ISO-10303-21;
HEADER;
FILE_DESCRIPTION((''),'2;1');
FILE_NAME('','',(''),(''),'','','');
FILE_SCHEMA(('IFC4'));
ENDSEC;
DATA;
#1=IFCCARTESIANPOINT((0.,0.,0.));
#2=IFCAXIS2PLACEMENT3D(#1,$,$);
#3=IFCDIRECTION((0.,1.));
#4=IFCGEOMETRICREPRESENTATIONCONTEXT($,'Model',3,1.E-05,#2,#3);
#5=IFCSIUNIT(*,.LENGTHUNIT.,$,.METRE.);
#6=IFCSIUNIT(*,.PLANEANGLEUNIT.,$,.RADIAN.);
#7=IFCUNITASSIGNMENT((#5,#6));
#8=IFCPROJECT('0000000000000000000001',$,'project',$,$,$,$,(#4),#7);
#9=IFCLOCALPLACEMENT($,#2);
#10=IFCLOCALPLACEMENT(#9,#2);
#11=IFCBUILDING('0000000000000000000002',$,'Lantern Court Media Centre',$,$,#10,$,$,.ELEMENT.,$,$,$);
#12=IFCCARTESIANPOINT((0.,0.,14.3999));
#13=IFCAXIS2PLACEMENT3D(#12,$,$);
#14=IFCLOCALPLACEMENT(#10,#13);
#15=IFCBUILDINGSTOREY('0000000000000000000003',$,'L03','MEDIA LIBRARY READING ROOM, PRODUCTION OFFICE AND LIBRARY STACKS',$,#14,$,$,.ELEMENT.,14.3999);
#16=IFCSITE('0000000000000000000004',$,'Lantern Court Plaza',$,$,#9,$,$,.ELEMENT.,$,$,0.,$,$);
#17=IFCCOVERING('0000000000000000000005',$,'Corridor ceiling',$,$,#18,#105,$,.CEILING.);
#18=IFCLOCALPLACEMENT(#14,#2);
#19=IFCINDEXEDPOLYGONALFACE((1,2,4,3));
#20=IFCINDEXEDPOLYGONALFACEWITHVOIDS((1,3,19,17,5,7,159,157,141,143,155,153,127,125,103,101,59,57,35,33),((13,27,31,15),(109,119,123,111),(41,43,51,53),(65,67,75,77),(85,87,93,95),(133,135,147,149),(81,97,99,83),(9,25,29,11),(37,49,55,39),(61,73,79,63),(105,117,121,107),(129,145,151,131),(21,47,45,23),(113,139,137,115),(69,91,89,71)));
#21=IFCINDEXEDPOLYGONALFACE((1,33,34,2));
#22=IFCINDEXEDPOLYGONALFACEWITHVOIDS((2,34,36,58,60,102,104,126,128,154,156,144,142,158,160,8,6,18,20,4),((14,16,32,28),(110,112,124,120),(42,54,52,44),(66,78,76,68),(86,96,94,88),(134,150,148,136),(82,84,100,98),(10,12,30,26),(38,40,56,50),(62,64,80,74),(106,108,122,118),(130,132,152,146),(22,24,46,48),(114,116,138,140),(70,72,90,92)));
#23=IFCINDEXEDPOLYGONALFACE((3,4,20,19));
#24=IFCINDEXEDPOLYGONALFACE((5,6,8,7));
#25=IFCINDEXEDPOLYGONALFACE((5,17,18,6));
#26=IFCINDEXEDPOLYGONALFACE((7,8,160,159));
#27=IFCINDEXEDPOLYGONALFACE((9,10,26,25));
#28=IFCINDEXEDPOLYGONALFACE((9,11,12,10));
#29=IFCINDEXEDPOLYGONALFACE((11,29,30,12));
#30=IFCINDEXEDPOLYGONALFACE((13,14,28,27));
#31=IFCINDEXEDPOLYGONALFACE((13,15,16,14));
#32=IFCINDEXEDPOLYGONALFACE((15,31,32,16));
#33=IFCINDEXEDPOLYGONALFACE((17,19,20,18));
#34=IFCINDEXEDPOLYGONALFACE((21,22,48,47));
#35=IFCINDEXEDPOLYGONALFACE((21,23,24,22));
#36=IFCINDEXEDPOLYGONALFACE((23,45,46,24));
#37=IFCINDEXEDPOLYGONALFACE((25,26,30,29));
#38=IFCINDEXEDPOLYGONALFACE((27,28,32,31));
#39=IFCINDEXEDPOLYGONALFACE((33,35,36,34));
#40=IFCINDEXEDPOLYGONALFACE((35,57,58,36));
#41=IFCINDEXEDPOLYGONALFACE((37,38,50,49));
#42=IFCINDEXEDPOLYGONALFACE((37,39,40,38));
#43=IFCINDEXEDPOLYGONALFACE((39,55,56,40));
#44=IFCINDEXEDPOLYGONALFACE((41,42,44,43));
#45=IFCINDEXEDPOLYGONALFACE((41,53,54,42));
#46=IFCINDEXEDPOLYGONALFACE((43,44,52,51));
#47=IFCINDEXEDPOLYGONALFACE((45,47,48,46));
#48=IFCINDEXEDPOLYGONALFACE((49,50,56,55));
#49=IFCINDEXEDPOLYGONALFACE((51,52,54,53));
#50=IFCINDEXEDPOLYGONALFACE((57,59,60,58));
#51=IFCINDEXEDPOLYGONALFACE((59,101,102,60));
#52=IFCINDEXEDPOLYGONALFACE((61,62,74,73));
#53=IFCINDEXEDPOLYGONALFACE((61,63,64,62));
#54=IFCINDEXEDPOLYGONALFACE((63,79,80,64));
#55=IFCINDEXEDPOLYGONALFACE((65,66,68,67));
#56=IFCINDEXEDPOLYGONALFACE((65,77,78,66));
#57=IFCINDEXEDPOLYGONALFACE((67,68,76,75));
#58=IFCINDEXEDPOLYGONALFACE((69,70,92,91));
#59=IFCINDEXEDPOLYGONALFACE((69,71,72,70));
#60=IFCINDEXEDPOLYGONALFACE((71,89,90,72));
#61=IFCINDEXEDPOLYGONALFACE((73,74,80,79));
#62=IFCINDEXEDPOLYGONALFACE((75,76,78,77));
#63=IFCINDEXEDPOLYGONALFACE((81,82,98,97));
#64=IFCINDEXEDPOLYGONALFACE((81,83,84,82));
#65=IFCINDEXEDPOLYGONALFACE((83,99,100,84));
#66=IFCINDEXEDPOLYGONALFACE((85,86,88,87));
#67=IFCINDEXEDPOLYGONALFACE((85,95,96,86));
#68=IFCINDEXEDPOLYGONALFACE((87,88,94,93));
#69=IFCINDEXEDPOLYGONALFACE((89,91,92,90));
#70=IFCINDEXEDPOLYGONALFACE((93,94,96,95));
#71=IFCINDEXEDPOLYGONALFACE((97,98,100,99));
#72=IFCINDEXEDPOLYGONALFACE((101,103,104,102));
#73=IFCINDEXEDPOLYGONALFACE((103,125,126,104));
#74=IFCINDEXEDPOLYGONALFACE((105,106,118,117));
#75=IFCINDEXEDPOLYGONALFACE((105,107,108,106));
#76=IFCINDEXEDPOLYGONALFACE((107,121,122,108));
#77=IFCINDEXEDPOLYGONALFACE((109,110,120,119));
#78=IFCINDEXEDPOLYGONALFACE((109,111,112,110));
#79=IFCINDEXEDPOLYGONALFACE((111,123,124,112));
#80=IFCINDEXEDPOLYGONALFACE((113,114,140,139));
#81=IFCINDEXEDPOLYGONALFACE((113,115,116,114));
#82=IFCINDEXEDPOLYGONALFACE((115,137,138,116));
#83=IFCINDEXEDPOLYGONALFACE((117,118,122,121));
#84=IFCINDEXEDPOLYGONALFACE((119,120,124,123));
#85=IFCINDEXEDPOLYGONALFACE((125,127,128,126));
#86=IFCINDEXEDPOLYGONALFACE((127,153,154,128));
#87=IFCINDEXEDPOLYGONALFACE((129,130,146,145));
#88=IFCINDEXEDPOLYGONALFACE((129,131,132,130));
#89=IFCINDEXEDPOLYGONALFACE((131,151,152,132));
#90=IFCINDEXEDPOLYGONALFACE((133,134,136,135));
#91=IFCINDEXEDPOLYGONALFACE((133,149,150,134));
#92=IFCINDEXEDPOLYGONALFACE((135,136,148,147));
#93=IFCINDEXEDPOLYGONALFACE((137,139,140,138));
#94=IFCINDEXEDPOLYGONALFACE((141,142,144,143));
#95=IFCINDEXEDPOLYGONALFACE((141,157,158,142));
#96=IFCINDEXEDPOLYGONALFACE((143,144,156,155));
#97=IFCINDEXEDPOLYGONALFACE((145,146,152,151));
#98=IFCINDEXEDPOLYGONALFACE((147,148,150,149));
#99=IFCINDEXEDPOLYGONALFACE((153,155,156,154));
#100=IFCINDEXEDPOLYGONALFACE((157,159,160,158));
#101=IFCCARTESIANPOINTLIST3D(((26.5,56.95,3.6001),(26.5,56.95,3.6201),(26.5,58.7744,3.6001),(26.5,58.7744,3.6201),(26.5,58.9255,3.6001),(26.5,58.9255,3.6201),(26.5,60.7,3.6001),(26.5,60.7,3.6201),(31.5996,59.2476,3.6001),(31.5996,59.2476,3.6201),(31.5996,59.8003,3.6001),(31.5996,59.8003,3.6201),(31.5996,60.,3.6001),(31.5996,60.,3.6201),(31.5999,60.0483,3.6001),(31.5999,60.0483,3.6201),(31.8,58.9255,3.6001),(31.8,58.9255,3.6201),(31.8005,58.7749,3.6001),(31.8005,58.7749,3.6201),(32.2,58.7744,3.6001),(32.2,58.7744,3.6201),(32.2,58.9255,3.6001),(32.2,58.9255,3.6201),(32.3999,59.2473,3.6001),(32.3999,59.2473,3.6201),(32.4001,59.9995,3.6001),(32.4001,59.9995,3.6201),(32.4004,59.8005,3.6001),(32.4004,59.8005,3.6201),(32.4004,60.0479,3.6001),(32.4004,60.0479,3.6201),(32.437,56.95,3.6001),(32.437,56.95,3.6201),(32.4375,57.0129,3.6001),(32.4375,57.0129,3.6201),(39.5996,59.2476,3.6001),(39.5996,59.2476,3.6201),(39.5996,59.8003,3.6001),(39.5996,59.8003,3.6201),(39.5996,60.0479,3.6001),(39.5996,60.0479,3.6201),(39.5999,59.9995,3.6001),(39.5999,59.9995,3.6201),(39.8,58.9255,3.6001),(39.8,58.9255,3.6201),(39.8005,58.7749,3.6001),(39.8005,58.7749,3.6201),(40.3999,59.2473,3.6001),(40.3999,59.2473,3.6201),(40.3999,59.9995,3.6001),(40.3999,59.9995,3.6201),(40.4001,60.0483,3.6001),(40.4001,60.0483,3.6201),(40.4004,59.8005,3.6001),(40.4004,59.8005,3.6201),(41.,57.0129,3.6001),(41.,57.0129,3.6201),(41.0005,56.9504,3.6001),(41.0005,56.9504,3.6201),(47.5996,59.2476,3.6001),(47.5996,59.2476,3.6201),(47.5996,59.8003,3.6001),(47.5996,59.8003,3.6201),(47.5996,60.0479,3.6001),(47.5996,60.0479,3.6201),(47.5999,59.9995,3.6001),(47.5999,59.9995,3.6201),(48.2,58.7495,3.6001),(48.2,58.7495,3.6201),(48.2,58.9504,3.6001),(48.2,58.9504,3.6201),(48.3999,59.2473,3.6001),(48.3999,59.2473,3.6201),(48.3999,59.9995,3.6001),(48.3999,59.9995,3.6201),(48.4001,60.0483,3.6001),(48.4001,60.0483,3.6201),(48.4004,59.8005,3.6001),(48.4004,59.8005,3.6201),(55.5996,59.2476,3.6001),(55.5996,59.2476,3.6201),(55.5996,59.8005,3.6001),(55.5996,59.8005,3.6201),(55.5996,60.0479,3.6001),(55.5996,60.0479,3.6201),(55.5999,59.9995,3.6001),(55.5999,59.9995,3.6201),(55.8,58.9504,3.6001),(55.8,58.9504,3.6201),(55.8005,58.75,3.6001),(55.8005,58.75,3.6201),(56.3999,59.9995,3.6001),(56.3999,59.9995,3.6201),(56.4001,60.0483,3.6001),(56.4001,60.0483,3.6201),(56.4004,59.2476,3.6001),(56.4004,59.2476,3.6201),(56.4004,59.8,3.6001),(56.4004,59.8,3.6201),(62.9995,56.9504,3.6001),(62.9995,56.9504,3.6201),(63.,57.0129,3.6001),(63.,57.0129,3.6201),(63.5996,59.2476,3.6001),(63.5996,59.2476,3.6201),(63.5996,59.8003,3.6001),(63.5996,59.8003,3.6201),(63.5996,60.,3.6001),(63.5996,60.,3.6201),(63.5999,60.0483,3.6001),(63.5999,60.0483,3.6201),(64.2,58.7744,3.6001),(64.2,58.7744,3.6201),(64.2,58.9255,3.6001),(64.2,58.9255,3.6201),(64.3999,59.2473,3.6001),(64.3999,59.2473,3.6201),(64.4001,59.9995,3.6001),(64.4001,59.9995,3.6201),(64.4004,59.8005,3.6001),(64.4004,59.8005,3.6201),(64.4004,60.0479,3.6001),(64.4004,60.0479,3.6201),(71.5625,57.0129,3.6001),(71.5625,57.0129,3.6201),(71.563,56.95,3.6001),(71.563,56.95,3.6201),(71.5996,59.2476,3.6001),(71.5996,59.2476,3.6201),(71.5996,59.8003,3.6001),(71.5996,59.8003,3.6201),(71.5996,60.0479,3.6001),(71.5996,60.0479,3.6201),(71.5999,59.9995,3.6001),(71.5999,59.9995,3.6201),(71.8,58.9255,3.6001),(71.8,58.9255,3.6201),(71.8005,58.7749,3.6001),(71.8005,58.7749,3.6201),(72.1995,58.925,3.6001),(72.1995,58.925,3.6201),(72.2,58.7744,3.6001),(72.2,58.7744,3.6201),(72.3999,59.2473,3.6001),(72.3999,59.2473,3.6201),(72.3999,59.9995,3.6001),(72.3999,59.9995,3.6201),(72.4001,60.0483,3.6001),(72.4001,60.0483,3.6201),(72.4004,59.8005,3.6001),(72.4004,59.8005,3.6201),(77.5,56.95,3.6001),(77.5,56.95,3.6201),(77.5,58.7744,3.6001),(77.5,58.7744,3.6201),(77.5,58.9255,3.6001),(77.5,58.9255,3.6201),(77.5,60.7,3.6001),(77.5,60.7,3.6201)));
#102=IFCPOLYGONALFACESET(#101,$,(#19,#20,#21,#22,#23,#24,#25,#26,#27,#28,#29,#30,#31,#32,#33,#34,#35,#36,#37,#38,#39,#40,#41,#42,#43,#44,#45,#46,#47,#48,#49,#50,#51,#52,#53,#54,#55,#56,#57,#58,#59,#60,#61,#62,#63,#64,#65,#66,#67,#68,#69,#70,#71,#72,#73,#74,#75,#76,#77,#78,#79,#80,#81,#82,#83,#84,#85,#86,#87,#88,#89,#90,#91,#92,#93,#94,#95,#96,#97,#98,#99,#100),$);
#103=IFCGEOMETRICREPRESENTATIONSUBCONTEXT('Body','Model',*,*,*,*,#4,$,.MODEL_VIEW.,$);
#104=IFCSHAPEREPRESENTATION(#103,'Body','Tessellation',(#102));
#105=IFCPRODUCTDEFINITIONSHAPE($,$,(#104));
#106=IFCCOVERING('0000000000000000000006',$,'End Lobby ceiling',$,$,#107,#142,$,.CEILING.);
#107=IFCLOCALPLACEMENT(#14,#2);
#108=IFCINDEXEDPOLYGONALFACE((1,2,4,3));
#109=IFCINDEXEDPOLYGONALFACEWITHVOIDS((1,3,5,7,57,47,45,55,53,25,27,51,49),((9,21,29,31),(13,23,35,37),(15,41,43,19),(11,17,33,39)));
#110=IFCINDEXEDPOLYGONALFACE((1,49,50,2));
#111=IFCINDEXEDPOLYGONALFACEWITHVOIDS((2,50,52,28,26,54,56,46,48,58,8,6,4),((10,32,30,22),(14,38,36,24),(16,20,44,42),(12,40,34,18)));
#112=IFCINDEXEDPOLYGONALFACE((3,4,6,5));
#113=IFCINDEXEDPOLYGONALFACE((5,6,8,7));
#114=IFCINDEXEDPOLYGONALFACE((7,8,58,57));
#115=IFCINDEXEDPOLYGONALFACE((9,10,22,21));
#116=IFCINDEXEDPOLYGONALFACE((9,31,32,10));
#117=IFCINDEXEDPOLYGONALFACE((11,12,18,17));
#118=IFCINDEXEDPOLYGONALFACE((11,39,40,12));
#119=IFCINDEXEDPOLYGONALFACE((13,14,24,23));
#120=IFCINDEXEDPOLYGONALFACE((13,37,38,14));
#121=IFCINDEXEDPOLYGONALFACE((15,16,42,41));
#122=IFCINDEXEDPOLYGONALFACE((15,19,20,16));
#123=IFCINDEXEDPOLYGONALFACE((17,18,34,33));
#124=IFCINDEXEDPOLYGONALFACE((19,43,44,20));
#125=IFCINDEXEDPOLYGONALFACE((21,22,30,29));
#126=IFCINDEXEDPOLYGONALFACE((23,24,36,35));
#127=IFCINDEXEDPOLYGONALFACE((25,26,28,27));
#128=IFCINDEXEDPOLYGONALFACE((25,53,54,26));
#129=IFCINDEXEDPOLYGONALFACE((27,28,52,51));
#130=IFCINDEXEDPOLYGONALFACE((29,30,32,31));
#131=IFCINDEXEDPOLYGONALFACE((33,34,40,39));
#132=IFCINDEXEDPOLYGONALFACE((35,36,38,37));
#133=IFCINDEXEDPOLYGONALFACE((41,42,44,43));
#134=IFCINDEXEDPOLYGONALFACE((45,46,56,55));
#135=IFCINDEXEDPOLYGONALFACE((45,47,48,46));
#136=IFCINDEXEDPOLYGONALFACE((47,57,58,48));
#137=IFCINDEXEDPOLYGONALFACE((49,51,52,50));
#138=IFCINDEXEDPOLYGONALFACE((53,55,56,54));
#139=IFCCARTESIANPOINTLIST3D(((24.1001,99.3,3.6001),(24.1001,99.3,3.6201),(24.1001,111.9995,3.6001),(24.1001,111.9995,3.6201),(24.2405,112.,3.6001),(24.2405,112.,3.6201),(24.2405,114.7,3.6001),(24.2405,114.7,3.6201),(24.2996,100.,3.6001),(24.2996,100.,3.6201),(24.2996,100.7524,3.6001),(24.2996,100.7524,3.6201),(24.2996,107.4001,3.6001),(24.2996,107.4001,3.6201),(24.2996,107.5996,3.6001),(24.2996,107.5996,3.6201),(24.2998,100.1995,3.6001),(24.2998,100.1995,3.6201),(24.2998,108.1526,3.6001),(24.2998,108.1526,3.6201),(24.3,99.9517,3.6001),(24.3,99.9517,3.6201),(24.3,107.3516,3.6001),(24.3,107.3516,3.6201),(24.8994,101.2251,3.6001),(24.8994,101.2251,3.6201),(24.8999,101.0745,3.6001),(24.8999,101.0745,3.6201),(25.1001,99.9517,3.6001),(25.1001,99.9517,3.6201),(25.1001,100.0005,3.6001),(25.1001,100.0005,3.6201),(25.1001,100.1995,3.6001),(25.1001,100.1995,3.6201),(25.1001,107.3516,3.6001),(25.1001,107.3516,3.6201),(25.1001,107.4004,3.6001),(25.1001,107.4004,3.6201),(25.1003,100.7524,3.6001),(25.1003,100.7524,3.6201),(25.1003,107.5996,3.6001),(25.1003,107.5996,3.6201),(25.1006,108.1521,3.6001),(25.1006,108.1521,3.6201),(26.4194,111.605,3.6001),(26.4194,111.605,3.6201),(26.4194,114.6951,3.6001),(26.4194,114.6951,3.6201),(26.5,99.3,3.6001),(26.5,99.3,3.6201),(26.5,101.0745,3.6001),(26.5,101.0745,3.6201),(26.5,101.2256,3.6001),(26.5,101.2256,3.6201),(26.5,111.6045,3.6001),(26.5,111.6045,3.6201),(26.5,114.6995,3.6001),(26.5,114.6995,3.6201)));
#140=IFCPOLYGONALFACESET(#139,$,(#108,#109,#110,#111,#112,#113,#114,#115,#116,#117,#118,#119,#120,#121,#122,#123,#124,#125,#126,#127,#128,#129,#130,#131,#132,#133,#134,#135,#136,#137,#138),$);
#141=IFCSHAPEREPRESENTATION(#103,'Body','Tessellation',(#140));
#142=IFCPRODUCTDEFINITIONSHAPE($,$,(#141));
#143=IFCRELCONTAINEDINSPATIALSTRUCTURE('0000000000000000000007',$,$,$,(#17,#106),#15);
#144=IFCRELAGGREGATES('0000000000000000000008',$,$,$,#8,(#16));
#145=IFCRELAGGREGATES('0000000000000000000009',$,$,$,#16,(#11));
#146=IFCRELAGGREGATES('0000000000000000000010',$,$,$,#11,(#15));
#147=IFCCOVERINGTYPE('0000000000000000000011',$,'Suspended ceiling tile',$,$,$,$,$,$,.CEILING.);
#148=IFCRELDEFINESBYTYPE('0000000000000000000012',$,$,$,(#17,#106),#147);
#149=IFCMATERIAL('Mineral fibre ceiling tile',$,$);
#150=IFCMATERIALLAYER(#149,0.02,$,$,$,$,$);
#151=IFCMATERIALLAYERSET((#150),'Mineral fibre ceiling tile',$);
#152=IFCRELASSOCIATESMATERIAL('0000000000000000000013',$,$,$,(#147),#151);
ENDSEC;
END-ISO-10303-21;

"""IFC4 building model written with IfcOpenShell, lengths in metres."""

from ifc_helpers import new_model, si_unit, direction, frame, origin, place, context, subcontext, project, spatial, polyline, outline, extrude, material, layer, layer_set, type_object, element, save


model = new_model("IFC4")

# Units and contexts
model_context = context("Model", 3, precision=1e-05, world=origin(), true_north=direction((0.0, 1.0)))
body_context = subcontext(model_context, "Body", "Model", "MODEL_VIEW")
ifc_project = project(units=[si_unit("LENGTHUNIT", "METRE"), si_unit("PLANEANGLEUNIT", "RADIAN")], contexts=[model_context])

# Site, building, storey
site_placement = place(None, origin())
site = spatial("IfcSite", under=ifc_project, at=site_placement, Name="Lantern Court Plaza", CompositionType="ELEMENT", RefElevation=0.0)
building_placement = place(site_placement, origin())
building = spatial("IfcBuilding", under=site, at=building_placement, Name="Lantern Court Media Centre", CompositionType="ELEMENT")
storey_placement = place(building_placement, frame((0.0, 0.0, 14.3999)))
storey = spatial("IfcBuildingStorey", under=building, at=storey_placement, Name="L03", Description="MEDIA LIBRARY READING ROOM, PRODUCTION OFFICE AND LIBRARY STACKS", CompositionType="ELEMENT", Elevation=14.3999)

# Coverings
ifc_material_1 = material(Name="Mineral fibre ceiling tile")
ifc_layer_1 = layer(ifc_material_1, 0.02)
ifc_layer_set_1 = layer_set([ifc_layer_1], Name="Mineral fibre ceiling tile")
covering_type_1 = type_object("IfcCoveringType", Name="Suspended ceiling tile", PredefinedType="CEILING", material=ifc_layer_set_1)
covering_1_placement = place(storey_placement, frame((0.0, 0.0, 3.6001)))
element("IfcCovering", 1, at=covering_1_placement, inside=storey, type_object=covering_type_1, Name="Corridor ceiling", PredefinedType="CEILING", context=body_context, shape_type="SweptSolid", body=[
    extrude(outline(polyline([(77.5, 56.95), (71.563, 56.95), (71.5625, 57.0129), (63.0, 57.0129), (62.9995, 56.9504), (41.0005, 56.9504), (41.0, 57.0129), (32.4375, 57.0129), (32.437, 56.95), (26.5, 56.95), (26.5, 58.7744), (31.8005, 58.7749), (31.8, 58.9255), (26.5, 58.9255), (26.5, 60.7), (77.5, 60.7), (77.5, 58.9255), (72.1995, 58.925), (72.2, 58.7744), (77.5, 58.7744), (77.5, 56.95)]), holes=[polyline([(72.3999, 59.2473), (72.4004, 59.8005), (71.5996, 59.8003), (71.5996, 59.2476), (72.3999, 59.2473)]), polyline([(72.3999, 59.9995), (72.4001, 60.0483), (71.5996, 60.0479), (71.5999, 59.9995), (72.3999, 59.9995)]), polyline([(64.2, 58.9255), (64.2, 58.7744), (71.8005, 58.7749), (71.8, 58.9255), (64.2, 58.9255)]), polyline([(64.3999, 59.2473), (64.4004, 59.8005), (63.5996, 59.8003), (63.5996, 59.2476), (64.3999, 59.2473)]), polyline([(64.4004, 60.0479), (63.5999, 60.0483), (63.5996, 60.0), (64.4001, 59.9995), (64.4004, 60.0479)]), polyline([(56.4004, 59.8), (55.5996, 59.8005), (55.5996, 59.2476), (56.4004, 59.2476), (56.4004, 59.8)]), polyline([(56.3999, 59.9995), (56.4001, 60.0483), (55.5996, 60.0479), (55.5999, 59.9995), (56.3999, 59.9995)]), polyline([(48.2, 58.9504), (48.2, 58.7495), (55.8005, 58.75), (55.8, 58.9504), (48.2, 58.9504)]), polyline([(48.3999, 59.2473), (48.4004, 59.8005), (47.5996, 59.8003), (47.5996, 59.2476), (48.3999, 59.2473)]), polyline([(48.3999, 59.9995), (48.4001, 60.0483), (47.5996, 60.0479), (47.5999, 59.9995), (48.3999, 59.9995)]), polyline([(40.3999, 59.2473), (40.4004, 59.8005), (39.5996, 59.8003), (39.5996, 59.2476), (40.3999, 59.2473)]), polyline([(40.3999, 59.9995), (40.4001, 60.0483), (39.5996, 60.0479), (39.5999, 59.9995), (40.3999, 59.9995)]), polyline([(32.2, 58.9255), (32.2, 58.7744), (39.8005, 58.7749), (39.8, 58.9255), (32.2, 58.9255)]), polyline([(32.3999, 59.2473), (32.4004, 59.8005), (31.5996, 59.8003), (31.5996, 59.2476), (32.3999, 59.2473)]), polyline([(32.4004, 60.0479), (31.5999, 60.0483), (31.5996, 60.0), (32.4001, 59.9995), (32.4004, 60.0479)])]), origin(), (0.0, 0.0, 1.0), 0.02),
])
covering_2_placement = place(storey_placement, frame((0.0, 0.0, 3.6001)))
element("IfcCovering", 2, at=covering_2_placement, inside=storey, type_object=covering_type_1, Name="End Lobby ceiling", PredefinedType="CEILING", context=body_context, shape_type="SweptSolid", body=[
    extrude(outline(polyline([(26.5, 99.3), (24.1001, 99.3), (24.1001, 111.9995), (24.2405, 112.0), (24.2405, 114.7), (26.5, 114.6995), (26.4194, 114.6951), (26.4194, 111.605), (26.5, 111.6045), (26.5, 101.2256), (24.8994, 101.2251), (24.8999, 101.0745), (26.5, 101.0745), (26.5, 99.3)]), holes=[polyline([(25.1001, 107.3516), (25.1001, 107.4004), (24.2996, 107.4001), (24.3, 107.3516), (25.1001, 107.3516)]), polyline([(25.1001, 100.1995), (25.1003, 100.7524), (24.2996, 100.7524), (24.2998, 100.1995), (25.1001, 100.1995)]), polyline([(25.1001, 99.9517), (25.1001, 100.0005), (24.2996, 100.0), (24.3, 99.9517), (25.1001, 99.9517)]), polyline([(25.1006, 108.1521), (24.2998, 108.1526), (24.2996, 107.5996), (25.1003, 107.5996), (25.1006, 108.1521)])]), origin(), (0.0, 0.0, 1.0), 0.02),
])

save(model, "model.ifc")
